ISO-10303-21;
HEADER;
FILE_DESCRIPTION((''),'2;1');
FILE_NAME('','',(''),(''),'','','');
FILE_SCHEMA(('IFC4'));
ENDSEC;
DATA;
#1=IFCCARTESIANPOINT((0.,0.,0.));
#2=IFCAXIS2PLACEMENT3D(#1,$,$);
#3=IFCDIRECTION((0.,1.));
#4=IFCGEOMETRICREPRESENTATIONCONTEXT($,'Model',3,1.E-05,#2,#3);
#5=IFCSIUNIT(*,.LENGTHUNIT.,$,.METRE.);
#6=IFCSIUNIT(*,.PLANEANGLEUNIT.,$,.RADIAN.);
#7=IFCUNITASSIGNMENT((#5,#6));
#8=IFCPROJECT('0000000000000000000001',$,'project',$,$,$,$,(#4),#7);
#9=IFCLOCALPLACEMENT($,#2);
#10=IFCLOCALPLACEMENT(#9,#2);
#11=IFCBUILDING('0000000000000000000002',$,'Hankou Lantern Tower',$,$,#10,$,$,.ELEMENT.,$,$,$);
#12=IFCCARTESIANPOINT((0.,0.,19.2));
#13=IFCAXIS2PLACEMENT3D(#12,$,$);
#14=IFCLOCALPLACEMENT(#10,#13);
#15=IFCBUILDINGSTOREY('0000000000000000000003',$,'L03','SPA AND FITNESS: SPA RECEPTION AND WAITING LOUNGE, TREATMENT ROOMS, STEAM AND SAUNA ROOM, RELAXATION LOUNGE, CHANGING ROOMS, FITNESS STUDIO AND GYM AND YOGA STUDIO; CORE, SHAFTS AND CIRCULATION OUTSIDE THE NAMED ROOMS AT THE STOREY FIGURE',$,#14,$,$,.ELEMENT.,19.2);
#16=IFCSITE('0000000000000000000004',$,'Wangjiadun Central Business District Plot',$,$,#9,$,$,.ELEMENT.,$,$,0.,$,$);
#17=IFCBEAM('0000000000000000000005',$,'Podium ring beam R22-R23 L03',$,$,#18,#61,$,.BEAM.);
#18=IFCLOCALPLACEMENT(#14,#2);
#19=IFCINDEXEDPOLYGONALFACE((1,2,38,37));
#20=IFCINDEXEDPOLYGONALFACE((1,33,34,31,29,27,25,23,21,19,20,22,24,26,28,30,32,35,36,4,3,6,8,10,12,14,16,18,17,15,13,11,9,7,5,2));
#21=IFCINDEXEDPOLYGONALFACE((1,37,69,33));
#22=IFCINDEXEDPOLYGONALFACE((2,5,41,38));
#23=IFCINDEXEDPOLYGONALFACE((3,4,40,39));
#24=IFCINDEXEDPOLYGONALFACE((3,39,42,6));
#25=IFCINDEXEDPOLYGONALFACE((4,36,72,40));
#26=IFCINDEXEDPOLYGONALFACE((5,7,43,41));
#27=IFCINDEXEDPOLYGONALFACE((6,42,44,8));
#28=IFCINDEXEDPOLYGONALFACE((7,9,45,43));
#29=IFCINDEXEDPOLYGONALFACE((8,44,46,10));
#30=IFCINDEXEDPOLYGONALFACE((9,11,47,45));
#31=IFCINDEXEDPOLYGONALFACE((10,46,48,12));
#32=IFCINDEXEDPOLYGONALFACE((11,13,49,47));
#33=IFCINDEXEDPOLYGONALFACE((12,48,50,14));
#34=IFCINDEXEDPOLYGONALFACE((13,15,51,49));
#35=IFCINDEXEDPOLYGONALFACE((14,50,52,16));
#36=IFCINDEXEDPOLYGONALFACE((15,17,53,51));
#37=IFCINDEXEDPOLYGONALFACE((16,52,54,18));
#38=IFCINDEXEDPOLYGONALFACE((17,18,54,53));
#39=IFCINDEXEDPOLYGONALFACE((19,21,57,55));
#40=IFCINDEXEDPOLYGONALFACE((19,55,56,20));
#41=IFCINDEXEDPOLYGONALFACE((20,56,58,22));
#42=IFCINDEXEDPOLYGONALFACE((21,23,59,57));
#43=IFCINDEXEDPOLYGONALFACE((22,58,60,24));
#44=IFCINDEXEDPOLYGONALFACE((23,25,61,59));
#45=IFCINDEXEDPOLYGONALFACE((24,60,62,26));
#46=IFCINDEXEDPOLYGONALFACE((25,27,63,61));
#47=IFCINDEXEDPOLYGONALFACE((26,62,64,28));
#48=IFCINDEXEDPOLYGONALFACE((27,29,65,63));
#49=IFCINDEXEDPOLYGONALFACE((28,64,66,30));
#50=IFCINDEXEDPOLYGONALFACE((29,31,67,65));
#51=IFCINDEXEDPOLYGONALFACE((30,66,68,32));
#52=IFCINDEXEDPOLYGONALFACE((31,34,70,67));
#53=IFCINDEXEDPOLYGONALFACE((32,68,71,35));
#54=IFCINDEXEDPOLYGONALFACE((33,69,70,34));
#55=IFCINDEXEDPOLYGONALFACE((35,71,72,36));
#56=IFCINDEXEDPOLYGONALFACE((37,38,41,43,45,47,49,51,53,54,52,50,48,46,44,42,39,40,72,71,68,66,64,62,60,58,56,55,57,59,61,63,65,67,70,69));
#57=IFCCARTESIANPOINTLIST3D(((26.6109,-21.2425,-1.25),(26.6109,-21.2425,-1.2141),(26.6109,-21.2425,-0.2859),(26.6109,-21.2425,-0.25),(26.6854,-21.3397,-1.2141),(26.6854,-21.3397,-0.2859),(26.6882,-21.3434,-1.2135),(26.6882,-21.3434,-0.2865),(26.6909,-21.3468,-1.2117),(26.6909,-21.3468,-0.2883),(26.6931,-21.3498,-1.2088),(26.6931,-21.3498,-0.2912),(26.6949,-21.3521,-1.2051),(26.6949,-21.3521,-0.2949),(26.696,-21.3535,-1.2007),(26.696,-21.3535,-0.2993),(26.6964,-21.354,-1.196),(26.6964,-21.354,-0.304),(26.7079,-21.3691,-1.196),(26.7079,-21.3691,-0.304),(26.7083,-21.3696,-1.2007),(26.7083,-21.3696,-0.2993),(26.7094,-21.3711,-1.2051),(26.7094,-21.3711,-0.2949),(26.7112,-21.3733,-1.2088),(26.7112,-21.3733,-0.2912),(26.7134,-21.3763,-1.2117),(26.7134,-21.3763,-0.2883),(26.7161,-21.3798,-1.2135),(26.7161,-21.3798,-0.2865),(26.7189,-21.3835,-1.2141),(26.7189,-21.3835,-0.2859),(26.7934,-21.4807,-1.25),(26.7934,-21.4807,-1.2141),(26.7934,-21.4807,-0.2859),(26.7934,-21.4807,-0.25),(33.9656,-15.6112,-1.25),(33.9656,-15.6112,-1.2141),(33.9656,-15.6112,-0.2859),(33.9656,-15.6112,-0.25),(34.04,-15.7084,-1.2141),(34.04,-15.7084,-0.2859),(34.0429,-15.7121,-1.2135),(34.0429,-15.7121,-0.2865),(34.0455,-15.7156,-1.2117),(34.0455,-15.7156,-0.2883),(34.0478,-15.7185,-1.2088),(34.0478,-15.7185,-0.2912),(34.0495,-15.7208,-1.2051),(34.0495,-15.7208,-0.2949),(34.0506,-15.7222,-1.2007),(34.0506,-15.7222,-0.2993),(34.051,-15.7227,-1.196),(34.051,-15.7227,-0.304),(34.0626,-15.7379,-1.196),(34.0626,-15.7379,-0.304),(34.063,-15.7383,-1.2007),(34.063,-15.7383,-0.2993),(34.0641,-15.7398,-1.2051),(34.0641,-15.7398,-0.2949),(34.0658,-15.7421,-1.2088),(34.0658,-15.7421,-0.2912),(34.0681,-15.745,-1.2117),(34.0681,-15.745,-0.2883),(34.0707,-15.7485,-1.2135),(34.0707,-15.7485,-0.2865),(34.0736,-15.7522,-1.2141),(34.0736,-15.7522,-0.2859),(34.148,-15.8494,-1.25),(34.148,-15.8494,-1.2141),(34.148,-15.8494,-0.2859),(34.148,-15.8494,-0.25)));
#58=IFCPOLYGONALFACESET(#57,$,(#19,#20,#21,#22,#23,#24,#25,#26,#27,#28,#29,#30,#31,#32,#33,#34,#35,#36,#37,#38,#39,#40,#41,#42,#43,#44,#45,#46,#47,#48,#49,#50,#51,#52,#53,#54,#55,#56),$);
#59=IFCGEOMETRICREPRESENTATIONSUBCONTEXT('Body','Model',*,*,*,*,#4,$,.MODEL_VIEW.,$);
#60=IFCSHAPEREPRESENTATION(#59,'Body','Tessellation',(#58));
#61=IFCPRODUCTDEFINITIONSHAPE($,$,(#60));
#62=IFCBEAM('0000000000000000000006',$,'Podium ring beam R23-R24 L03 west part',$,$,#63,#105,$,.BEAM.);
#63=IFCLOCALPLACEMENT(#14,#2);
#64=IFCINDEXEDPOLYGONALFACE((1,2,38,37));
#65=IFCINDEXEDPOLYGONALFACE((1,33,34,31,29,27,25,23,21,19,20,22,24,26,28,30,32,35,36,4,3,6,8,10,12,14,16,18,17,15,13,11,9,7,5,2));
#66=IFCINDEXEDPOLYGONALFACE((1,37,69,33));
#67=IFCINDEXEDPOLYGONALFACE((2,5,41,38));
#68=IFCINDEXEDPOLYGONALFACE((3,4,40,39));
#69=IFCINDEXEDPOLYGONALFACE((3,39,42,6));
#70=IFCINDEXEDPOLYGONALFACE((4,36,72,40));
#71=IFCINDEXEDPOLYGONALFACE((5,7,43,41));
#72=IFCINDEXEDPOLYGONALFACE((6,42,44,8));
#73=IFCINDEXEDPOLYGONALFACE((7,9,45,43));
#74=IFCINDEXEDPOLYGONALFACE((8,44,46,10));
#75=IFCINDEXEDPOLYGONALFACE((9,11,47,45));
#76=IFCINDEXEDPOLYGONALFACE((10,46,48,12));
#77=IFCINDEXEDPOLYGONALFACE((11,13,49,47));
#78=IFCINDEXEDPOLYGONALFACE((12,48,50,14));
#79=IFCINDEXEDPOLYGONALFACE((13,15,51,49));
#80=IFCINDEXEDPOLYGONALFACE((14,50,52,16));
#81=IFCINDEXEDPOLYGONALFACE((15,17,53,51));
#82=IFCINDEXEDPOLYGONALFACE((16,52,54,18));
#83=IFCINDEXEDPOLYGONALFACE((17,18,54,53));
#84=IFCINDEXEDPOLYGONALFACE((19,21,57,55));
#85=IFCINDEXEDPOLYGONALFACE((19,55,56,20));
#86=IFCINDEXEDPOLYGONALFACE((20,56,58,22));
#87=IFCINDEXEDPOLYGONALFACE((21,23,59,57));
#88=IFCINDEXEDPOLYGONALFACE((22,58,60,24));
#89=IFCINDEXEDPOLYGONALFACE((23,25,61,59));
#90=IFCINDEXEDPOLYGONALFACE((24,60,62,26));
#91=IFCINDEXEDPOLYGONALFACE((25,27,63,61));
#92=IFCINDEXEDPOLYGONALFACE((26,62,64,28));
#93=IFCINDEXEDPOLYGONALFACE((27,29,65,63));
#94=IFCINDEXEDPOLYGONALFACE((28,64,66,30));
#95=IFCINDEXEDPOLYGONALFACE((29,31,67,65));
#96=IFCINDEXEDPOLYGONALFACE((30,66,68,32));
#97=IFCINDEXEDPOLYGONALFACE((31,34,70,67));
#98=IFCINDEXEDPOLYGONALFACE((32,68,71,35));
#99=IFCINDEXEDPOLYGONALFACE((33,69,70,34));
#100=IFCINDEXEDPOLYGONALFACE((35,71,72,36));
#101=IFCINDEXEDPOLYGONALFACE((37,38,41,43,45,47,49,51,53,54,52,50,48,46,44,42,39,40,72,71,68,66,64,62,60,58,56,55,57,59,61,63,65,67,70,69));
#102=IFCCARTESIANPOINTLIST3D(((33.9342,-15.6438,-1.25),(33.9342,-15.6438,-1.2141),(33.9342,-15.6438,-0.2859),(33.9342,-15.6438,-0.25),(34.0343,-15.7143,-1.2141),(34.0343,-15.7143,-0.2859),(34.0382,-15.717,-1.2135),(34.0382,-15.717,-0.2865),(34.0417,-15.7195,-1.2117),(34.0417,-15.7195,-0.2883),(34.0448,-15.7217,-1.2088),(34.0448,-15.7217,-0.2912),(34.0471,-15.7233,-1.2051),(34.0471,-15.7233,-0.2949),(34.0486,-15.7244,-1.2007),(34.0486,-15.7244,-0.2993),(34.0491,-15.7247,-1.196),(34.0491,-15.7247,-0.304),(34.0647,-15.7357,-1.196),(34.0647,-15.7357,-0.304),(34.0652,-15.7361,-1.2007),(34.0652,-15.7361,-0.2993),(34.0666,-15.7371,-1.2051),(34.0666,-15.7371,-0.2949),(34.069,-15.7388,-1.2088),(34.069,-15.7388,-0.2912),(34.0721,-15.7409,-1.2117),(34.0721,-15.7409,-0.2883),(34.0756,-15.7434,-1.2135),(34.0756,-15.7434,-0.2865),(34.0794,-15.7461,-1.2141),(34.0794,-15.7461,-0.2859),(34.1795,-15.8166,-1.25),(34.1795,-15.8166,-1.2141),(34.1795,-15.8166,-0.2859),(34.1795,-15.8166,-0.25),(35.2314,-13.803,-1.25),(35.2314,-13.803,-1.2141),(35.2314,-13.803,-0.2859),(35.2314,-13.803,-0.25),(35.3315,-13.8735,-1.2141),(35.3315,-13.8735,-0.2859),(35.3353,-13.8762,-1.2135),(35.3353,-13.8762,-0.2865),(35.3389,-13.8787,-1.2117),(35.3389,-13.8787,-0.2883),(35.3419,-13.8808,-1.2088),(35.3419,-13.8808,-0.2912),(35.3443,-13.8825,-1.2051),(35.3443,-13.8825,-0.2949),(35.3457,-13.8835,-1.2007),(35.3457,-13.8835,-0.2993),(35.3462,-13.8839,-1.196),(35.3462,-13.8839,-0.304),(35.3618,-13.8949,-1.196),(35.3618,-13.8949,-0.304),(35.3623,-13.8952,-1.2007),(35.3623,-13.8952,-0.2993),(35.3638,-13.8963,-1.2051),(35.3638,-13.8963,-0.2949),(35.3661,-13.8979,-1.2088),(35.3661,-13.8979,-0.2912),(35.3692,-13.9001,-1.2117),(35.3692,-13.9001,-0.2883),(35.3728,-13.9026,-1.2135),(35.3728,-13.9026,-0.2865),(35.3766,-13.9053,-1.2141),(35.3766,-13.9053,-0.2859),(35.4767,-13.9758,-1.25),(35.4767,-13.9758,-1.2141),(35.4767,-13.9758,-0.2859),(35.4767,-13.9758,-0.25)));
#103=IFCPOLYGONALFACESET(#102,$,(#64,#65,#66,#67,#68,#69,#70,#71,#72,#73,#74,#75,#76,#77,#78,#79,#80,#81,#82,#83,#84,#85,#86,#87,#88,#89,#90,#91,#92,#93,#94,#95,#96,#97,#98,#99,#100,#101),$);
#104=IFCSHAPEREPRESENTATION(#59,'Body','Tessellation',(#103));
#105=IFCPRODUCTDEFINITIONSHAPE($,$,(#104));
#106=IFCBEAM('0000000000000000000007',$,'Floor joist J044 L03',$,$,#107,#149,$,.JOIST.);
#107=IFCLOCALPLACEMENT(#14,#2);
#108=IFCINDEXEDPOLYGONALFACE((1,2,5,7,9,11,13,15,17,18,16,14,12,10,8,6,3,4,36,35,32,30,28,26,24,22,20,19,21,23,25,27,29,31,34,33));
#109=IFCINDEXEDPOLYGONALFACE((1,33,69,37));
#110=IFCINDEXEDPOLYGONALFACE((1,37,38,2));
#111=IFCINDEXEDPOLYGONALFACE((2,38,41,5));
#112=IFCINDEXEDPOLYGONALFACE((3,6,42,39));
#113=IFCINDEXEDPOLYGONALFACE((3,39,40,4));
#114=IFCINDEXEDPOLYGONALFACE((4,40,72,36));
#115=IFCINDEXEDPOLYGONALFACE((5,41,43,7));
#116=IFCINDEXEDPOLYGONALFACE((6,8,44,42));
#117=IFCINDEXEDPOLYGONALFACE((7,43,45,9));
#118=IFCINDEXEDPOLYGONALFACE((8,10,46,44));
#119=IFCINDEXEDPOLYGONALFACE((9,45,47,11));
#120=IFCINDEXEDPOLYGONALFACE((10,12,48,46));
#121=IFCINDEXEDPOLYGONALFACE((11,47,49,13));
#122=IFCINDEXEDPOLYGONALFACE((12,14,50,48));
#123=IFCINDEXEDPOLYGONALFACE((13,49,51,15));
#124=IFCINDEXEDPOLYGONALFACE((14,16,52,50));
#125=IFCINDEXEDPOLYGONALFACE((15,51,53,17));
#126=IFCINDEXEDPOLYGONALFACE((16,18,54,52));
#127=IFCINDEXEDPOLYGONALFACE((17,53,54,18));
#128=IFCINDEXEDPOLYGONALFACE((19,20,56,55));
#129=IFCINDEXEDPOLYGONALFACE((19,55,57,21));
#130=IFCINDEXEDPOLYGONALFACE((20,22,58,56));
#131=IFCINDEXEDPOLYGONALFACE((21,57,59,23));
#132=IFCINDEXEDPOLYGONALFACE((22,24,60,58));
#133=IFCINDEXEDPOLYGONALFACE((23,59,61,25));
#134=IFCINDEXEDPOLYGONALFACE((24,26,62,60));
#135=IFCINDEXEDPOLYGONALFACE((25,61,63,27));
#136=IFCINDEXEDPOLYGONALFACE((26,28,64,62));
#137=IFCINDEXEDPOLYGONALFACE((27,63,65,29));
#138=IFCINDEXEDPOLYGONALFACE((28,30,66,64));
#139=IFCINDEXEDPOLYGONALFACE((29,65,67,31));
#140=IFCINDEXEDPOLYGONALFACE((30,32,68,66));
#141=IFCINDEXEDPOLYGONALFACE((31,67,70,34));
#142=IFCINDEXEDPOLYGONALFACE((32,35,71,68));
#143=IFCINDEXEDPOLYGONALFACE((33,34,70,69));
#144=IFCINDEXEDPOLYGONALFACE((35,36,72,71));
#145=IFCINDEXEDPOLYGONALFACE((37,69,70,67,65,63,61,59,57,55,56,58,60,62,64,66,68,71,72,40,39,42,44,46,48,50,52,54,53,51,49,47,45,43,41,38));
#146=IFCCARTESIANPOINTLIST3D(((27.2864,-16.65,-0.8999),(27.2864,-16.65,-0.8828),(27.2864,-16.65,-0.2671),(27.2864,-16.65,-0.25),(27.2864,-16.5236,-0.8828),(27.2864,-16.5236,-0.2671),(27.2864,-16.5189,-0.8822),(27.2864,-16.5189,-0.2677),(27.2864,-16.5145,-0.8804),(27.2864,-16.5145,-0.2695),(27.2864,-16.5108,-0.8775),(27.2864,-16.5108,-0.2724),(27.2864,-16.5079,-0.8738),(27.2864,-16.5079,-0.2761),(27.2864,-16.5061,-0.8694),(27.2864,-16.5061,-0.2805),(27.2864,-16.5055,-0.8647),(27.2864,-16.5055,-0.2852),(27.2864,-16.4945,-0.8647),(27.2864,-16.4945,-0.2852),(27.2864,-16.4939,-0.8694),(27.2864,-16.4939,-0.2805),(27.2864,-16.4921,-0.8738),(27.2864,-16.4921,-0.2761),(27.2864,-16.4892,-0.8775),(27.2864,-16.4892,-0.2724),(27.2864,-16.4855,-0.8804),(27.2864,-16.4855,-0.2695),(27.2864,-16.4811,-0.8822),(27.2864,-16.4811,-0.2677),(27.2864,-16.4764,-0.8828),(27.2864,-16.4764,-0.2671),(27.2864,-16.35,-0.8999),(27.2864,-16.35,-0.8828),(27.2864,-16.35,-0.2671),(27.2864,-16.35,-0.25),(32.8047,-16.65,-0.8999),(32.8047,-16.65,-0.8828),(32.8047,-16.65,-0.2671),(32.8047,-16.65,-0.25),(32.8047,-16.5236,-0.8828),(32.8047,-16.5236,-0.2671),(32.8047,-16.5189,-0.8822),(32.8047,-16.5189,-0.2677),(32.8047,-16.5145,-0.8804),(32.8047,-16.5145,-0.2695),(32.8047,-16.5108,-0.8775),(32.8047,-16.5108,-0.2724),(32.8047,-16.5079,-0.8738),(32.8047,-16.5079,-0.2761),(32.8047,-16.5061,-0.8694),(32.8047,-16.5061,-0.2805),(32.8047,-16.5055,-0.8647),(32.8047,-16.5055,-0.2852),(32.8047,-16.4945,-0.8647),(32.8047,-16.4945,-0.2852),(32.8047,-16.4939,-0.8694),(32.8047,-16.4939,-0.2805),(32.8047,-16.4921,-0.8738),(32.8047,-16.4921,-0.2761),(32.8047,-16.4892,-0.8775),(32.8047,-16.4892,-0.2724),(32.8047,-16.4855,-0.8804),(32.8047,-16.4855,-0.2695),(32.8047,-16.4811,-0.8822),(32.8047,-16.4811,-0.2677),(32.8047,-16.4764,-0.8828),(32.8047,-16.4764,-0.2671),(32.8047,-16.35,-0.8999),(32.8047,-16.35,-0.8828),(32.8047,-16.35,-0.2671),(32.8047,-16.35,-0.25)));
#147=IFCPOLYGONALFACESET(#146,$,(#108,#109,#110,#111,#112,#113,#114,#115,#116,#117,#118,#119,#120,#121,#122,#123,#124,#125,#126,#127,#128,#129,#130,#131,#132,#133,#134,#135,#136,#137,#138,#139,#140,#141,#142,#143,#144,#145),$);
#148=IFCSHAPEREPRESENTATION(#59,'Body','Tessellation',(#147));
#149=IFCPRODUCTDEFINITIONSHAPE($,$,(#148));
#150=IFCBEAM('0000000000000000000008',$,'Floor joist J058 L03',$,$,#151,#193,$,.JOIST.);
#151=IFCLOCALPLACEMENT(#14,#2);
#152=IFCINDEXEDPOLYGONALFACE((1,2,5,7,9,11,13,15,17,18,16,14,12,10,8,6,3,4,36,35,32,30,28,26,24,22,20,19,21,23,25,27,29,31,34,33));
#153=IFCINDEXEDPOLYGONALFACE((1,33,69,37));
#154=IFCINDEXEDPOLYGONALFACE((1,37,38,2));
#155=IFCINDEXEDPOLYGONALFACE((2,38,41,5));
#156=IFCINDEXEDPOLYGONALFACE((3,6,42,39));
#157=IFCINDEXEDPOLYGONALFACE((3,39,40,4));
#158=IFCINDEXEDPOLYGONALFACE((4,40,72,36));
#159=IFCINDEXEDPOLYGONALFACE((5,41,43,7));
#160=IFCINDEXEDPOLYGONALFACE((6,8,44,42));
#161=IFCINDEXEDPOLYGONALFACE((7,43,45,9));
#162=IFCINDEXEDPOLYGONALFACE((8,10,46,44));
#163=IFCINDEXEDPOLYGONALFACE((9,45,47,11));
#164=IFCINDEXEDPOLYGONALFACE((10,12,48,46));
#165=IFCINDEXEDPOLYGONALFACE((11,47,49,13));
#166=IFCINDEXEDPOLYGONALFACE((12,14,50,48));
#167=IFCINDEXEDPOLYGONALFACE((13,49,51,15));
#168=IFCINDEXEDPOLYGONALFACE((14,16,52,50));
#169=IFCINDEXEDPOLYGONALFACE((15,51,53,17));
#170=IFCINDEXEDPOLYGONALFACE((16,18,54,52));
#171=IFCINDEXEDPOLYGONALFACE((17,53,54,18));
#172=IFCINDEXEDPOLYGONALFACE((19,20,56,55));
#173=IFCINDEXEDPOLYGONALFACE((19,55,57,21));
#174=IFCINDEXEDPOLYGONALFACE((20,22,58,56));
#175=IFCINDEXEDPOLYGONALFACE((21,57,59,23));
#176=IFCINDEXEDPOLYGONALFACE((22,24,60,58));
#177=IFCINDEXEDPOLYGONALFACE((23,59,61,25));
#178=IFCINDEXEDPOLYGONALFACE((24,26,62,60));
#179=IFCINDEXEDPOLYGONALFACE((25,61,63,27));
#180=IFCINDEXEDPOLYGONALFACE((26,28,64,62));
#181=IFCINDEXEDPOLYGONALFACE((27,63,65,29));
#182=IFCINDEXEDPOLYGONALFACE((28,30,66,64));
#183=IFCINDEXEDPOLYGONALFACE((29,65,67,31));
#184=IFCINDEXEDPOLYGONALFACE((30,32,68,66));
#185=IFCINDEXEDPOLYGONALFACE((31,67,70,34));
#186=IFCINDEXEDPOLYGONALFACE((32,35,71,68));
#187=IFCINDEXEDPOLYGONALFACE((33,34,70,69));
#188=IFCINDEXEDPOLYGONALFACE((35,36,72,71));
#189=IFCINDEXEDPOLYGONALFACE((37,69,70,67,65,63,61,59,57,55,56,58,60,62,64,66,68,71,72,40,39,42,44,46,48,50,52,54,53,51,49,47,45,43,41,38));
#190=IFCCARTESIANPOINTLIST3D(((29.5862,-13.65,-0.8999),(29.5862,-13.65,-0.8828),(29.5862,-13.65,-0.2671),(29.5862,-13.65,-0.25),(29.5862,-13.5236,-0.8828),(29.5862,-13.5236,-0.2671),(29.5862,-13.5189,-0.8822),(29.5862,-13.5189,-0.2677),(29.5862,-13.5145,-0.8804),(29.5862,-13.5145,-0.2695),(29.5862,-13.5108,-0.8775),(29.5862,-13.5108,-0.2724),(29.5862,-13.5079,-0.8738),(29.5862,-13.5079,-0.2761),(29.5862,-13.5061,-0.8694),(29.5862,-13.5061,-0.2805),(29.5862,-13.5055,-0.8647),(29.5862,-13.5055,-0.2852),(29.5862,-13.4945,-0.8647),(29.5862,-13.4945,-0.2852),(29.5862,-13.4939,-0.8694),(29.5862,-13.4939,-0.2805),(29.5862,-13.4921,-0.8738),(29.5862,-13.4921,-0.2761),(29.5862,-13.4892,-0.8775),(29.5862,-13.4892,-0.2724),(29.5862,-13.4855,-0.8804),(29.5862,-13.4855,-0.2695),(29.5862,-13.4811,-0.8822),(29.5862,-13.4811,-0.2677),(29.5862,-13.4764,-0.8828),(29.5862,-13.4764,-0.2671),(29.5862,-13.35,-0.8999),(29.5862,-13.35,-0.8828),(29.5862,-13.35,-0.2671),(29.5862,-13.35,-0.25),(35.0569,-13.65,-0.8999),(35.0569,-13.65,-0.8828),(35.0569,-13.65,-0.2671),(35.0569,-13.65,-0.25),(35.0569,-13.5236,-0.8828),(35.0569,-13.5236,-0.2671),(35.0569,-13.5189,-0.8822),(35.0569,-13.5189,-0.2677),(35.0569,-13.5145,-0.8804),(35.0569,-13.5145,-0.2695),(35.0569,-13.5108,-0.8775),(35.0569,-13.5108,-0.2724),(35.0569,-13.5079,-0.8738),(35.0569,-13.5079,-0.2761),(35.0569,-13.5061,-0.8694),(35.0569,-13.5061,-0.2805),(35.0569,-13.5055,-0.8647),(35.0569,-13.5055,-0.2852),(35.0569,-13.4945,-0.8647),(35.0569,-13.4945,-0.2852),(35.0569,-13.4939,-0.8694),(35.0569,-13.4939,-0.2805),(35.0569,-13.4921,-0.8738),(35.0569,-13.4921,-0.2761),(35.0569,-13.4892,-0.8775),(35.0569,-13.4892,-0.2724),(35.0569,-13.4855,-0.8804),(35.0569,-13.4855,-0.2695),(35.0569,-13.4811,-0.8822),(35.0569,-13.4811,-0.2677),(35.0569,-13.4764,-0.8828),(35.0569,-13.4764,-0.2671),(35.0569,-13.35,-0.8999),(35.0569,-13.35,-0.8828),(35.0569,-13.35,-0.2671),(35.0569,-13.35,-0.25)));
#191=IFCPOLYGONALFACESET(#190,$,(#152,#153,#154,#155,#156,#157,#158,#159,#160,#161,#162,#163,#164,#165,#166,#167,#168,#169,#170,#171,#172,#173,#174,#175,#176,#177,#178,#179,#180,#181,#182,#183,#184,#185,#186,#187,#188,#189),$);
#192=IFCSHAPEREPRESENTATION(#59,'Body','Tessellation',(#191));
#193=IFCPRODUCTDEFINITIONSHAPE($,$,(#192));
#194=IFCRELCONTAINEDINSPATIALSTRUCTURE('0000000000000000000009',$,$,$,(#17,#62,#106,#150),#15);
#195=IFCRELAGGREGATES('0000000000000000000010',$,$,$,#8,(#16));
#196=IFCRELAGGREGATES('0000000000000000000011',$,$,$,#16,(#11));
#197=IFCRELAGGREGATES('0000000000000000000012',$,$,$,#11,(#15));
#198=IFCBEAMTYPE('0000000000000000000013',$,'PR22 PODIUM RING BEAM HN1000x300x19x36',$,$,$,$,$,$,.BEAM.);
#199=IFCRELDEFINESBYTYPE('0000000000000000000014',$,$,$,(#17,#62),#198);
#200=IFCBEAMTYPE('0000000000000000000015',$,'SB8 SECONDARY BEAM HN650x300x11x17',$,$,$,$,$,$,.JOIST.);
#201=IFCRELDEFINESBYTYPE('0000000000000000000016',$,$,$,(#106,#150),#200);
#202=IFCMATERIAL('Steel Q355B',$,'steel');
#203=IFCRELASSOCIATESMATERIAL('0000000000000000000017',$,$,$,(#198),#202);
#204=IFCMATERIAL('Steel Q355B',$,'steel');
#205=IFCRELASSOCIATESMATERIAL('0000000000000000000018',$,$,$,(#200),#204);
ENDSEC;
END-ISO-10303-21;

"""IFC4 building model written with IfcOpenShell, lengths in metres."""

from ifc_helpers import new_model, si_unit, direction, frame, origin, origin_2d, place, context, subcontext, project, spatial, i_section, extrude, material, material_profile, profile_set, type_object, element, save


model = new_model("IFC4")

# Units and contexts
model_context = context("Model", 3, precision=1e-05, world=origin(), true_north=direction((0.0, 1.0)))
body_context = subcontext(model_context, "Body", "Model", "MODEL_VIEW")
ifc_project = project(units=[si_unit("LENGTHUNIT", "METRE"), si_unit("PLANEANGLEUNIT", "RADIAN")], contexts=[model_context])

# Site, building, storey
site_placement = place(None, origin())
site = spatial("IfcSite", under=ifc_project, at=site_placement, Name="Wangjiadun Central Business District Plot", CompositionType="ELEMENT", RefElevation=0.0)
building_placement = place(site_placement, origin())
building = spatial("IfcBuilding", under=site, at=building_placement, Name="Hankou Lantern Tower", CompositionType="ELEMENT")
storey_placement = place(building_placement, frame((0.0, 0.0, 19.2)))
storey = spatial("IfcBuildingStorey", under=building, at=storey_placement, Name="L03", Description="SPA AND FITNESS: SPA RECEPTION AND WAITING LOUNGE, TREATMENT ROOMS, STEAM AND SAUNA ROOM, RELAXATION LOUNGE, CHANGING ROOMS, FITNESS STUDIO AND GYM AND YOGA STUDIO; CORE, SHAFTS AND CIRCULATION OUTSIDE THE NAMED ROOMS AT THE STOREY FIGURE", CompositionType="ELEMENT", Elevation=19.2)

# Beams
ifc_material_1 = material(Name="Steel Q355B", Category="steel")
ifc_material_profile_1 = material_profile(ifc_material_1, i_section(OverallWidth=0.3, OverallDepth=1.0, WebThickness=0.019, FlangeThickness=0.0359, FilletRadius=0.0181, at=origin_2d()), Name="HN1000x300x19x36")
ifc_profile_set_1 = profile_set([ifc_material_profile_1], Name="Steel Q355B")
beam_type_1 = type_object("IfcBeamType", Name="PR22 PODIUM RING BEAM HN1000x300x19x36", PredefinedType="BEAM", material=ifc_profile_set_1)
beam_1_placement = place(storey_placement, frame((26.7021, -21.3616, -0.75), z_axis=(0.793986, 0.607936, 0.0), x_axis=(-0.607936, 0.793986, 0.0)))
element("IfcBeam", 1, at=beam_1_placement, inside=storey, type_object=beam_type_1, Name="Podium ring beam R22-R23 L03", PredefinedType="BEAM", context=body_context, shape_type="SweptSolid", body=[
    extrude(i_section(OverallWidth=0.3, OverallDepth=1.0, WebThickness=0.019, FlangeThickness=0.0359, FilletRadius=0.0181, at=origin_2d()), origin(), (0.0, 0.0, 1.0), 9.2629),
])
beam_2_placement = place(storey_placement, frame((34.0569, -15.7302, -0.75), z_axis=(0.576006, 0.817445, 0.0), x_axis=(-0.817445, 0.576006, 0.0)))
element("IfcBeam", 2, at=beam_2_placement, inside=storey, type_object=beam_type_1, Name="Podium ring beam R23-R24 L03 west part", PredefinedType="BEAM", context=body_context, shape_type="SweptSolid", body=[
    extrude(i_section(OverallWidth=0.3, OverallDepth=1.0, WebThickness=0.019, FlangeThickness=0.0359, FilletRadius=0.0181, at=origin_2d()), origin(), (0.0, 0.0, 1.0), 2.252),
])
ifc_material_2 = material(Name="Steel Q355B", Category="steel")
ifc_material_profile_2 = material_profile(ifc_material_2, i_section(OverallWidth=0.3, OverallDepth=0.6499, WebThickness=0.011, FlangeThickness=0.0171, FilletRadius=0.0181, at=origin_2d()), Name="HN650x300x11x17")
ifc_profile_set_2 = profile_set([ifc_material_profile_2], Name="Steel Q355B")
beam_type_2 = type_object("IfcBeamType", Name="SB8 SECONDARY BEAM HN650x300x11x17", PredefinedType="JOIST", material=ifc_profile_set_2)
beam_3_placement = place(storey_placement, frame((27.2864, -16.5, -0.575), z_axis=(1.0, 0.0, 0.0), x_axis=(0.0, 1.0, 0.0)))
element("IfcBeam", 3, at=beam_3_placement, inside=storey, type_object=beam_type_2, Name="Floor joist J044 L03", PredefinedType="JOIST", context=body_context, shape_type="SweptSolid", body=[
    extrude(i_section(OverallWidth=0.3, OverallDepth=0.6499, WebThickness=0.011, FlangeThickness=0.0171, FilletRadius=0.0181, at=origin_2d()), origin(), (0.0, 0.0, 1.0), 5.5183),
])
beam_4_placement = place(storey_placement, frame((29.5862, -13.5, -0.575), z_axis=(1.0, 0.0, 0.0), x_axis=(0.0, 1.0, 0.0)))
element("IfcBeam", 4, at=beam_4_placement, inside=storey, type_object=beam_type_2, Name="Floor joist J058 L03", PredefinedType="JOIST", context=body_context, shape_type="SweptSolid", body=[
    extrude(i_section(OverallWidth=0.3, OverallDepth=0.6499, WebThickness=0.011, FlangeThickness=0.0171, FilletRadius=0.0181, at=origin_2d()), origin(), (0.0, 0.0, 1.0), 5.4707),
])

save(model, "model.ifc")
